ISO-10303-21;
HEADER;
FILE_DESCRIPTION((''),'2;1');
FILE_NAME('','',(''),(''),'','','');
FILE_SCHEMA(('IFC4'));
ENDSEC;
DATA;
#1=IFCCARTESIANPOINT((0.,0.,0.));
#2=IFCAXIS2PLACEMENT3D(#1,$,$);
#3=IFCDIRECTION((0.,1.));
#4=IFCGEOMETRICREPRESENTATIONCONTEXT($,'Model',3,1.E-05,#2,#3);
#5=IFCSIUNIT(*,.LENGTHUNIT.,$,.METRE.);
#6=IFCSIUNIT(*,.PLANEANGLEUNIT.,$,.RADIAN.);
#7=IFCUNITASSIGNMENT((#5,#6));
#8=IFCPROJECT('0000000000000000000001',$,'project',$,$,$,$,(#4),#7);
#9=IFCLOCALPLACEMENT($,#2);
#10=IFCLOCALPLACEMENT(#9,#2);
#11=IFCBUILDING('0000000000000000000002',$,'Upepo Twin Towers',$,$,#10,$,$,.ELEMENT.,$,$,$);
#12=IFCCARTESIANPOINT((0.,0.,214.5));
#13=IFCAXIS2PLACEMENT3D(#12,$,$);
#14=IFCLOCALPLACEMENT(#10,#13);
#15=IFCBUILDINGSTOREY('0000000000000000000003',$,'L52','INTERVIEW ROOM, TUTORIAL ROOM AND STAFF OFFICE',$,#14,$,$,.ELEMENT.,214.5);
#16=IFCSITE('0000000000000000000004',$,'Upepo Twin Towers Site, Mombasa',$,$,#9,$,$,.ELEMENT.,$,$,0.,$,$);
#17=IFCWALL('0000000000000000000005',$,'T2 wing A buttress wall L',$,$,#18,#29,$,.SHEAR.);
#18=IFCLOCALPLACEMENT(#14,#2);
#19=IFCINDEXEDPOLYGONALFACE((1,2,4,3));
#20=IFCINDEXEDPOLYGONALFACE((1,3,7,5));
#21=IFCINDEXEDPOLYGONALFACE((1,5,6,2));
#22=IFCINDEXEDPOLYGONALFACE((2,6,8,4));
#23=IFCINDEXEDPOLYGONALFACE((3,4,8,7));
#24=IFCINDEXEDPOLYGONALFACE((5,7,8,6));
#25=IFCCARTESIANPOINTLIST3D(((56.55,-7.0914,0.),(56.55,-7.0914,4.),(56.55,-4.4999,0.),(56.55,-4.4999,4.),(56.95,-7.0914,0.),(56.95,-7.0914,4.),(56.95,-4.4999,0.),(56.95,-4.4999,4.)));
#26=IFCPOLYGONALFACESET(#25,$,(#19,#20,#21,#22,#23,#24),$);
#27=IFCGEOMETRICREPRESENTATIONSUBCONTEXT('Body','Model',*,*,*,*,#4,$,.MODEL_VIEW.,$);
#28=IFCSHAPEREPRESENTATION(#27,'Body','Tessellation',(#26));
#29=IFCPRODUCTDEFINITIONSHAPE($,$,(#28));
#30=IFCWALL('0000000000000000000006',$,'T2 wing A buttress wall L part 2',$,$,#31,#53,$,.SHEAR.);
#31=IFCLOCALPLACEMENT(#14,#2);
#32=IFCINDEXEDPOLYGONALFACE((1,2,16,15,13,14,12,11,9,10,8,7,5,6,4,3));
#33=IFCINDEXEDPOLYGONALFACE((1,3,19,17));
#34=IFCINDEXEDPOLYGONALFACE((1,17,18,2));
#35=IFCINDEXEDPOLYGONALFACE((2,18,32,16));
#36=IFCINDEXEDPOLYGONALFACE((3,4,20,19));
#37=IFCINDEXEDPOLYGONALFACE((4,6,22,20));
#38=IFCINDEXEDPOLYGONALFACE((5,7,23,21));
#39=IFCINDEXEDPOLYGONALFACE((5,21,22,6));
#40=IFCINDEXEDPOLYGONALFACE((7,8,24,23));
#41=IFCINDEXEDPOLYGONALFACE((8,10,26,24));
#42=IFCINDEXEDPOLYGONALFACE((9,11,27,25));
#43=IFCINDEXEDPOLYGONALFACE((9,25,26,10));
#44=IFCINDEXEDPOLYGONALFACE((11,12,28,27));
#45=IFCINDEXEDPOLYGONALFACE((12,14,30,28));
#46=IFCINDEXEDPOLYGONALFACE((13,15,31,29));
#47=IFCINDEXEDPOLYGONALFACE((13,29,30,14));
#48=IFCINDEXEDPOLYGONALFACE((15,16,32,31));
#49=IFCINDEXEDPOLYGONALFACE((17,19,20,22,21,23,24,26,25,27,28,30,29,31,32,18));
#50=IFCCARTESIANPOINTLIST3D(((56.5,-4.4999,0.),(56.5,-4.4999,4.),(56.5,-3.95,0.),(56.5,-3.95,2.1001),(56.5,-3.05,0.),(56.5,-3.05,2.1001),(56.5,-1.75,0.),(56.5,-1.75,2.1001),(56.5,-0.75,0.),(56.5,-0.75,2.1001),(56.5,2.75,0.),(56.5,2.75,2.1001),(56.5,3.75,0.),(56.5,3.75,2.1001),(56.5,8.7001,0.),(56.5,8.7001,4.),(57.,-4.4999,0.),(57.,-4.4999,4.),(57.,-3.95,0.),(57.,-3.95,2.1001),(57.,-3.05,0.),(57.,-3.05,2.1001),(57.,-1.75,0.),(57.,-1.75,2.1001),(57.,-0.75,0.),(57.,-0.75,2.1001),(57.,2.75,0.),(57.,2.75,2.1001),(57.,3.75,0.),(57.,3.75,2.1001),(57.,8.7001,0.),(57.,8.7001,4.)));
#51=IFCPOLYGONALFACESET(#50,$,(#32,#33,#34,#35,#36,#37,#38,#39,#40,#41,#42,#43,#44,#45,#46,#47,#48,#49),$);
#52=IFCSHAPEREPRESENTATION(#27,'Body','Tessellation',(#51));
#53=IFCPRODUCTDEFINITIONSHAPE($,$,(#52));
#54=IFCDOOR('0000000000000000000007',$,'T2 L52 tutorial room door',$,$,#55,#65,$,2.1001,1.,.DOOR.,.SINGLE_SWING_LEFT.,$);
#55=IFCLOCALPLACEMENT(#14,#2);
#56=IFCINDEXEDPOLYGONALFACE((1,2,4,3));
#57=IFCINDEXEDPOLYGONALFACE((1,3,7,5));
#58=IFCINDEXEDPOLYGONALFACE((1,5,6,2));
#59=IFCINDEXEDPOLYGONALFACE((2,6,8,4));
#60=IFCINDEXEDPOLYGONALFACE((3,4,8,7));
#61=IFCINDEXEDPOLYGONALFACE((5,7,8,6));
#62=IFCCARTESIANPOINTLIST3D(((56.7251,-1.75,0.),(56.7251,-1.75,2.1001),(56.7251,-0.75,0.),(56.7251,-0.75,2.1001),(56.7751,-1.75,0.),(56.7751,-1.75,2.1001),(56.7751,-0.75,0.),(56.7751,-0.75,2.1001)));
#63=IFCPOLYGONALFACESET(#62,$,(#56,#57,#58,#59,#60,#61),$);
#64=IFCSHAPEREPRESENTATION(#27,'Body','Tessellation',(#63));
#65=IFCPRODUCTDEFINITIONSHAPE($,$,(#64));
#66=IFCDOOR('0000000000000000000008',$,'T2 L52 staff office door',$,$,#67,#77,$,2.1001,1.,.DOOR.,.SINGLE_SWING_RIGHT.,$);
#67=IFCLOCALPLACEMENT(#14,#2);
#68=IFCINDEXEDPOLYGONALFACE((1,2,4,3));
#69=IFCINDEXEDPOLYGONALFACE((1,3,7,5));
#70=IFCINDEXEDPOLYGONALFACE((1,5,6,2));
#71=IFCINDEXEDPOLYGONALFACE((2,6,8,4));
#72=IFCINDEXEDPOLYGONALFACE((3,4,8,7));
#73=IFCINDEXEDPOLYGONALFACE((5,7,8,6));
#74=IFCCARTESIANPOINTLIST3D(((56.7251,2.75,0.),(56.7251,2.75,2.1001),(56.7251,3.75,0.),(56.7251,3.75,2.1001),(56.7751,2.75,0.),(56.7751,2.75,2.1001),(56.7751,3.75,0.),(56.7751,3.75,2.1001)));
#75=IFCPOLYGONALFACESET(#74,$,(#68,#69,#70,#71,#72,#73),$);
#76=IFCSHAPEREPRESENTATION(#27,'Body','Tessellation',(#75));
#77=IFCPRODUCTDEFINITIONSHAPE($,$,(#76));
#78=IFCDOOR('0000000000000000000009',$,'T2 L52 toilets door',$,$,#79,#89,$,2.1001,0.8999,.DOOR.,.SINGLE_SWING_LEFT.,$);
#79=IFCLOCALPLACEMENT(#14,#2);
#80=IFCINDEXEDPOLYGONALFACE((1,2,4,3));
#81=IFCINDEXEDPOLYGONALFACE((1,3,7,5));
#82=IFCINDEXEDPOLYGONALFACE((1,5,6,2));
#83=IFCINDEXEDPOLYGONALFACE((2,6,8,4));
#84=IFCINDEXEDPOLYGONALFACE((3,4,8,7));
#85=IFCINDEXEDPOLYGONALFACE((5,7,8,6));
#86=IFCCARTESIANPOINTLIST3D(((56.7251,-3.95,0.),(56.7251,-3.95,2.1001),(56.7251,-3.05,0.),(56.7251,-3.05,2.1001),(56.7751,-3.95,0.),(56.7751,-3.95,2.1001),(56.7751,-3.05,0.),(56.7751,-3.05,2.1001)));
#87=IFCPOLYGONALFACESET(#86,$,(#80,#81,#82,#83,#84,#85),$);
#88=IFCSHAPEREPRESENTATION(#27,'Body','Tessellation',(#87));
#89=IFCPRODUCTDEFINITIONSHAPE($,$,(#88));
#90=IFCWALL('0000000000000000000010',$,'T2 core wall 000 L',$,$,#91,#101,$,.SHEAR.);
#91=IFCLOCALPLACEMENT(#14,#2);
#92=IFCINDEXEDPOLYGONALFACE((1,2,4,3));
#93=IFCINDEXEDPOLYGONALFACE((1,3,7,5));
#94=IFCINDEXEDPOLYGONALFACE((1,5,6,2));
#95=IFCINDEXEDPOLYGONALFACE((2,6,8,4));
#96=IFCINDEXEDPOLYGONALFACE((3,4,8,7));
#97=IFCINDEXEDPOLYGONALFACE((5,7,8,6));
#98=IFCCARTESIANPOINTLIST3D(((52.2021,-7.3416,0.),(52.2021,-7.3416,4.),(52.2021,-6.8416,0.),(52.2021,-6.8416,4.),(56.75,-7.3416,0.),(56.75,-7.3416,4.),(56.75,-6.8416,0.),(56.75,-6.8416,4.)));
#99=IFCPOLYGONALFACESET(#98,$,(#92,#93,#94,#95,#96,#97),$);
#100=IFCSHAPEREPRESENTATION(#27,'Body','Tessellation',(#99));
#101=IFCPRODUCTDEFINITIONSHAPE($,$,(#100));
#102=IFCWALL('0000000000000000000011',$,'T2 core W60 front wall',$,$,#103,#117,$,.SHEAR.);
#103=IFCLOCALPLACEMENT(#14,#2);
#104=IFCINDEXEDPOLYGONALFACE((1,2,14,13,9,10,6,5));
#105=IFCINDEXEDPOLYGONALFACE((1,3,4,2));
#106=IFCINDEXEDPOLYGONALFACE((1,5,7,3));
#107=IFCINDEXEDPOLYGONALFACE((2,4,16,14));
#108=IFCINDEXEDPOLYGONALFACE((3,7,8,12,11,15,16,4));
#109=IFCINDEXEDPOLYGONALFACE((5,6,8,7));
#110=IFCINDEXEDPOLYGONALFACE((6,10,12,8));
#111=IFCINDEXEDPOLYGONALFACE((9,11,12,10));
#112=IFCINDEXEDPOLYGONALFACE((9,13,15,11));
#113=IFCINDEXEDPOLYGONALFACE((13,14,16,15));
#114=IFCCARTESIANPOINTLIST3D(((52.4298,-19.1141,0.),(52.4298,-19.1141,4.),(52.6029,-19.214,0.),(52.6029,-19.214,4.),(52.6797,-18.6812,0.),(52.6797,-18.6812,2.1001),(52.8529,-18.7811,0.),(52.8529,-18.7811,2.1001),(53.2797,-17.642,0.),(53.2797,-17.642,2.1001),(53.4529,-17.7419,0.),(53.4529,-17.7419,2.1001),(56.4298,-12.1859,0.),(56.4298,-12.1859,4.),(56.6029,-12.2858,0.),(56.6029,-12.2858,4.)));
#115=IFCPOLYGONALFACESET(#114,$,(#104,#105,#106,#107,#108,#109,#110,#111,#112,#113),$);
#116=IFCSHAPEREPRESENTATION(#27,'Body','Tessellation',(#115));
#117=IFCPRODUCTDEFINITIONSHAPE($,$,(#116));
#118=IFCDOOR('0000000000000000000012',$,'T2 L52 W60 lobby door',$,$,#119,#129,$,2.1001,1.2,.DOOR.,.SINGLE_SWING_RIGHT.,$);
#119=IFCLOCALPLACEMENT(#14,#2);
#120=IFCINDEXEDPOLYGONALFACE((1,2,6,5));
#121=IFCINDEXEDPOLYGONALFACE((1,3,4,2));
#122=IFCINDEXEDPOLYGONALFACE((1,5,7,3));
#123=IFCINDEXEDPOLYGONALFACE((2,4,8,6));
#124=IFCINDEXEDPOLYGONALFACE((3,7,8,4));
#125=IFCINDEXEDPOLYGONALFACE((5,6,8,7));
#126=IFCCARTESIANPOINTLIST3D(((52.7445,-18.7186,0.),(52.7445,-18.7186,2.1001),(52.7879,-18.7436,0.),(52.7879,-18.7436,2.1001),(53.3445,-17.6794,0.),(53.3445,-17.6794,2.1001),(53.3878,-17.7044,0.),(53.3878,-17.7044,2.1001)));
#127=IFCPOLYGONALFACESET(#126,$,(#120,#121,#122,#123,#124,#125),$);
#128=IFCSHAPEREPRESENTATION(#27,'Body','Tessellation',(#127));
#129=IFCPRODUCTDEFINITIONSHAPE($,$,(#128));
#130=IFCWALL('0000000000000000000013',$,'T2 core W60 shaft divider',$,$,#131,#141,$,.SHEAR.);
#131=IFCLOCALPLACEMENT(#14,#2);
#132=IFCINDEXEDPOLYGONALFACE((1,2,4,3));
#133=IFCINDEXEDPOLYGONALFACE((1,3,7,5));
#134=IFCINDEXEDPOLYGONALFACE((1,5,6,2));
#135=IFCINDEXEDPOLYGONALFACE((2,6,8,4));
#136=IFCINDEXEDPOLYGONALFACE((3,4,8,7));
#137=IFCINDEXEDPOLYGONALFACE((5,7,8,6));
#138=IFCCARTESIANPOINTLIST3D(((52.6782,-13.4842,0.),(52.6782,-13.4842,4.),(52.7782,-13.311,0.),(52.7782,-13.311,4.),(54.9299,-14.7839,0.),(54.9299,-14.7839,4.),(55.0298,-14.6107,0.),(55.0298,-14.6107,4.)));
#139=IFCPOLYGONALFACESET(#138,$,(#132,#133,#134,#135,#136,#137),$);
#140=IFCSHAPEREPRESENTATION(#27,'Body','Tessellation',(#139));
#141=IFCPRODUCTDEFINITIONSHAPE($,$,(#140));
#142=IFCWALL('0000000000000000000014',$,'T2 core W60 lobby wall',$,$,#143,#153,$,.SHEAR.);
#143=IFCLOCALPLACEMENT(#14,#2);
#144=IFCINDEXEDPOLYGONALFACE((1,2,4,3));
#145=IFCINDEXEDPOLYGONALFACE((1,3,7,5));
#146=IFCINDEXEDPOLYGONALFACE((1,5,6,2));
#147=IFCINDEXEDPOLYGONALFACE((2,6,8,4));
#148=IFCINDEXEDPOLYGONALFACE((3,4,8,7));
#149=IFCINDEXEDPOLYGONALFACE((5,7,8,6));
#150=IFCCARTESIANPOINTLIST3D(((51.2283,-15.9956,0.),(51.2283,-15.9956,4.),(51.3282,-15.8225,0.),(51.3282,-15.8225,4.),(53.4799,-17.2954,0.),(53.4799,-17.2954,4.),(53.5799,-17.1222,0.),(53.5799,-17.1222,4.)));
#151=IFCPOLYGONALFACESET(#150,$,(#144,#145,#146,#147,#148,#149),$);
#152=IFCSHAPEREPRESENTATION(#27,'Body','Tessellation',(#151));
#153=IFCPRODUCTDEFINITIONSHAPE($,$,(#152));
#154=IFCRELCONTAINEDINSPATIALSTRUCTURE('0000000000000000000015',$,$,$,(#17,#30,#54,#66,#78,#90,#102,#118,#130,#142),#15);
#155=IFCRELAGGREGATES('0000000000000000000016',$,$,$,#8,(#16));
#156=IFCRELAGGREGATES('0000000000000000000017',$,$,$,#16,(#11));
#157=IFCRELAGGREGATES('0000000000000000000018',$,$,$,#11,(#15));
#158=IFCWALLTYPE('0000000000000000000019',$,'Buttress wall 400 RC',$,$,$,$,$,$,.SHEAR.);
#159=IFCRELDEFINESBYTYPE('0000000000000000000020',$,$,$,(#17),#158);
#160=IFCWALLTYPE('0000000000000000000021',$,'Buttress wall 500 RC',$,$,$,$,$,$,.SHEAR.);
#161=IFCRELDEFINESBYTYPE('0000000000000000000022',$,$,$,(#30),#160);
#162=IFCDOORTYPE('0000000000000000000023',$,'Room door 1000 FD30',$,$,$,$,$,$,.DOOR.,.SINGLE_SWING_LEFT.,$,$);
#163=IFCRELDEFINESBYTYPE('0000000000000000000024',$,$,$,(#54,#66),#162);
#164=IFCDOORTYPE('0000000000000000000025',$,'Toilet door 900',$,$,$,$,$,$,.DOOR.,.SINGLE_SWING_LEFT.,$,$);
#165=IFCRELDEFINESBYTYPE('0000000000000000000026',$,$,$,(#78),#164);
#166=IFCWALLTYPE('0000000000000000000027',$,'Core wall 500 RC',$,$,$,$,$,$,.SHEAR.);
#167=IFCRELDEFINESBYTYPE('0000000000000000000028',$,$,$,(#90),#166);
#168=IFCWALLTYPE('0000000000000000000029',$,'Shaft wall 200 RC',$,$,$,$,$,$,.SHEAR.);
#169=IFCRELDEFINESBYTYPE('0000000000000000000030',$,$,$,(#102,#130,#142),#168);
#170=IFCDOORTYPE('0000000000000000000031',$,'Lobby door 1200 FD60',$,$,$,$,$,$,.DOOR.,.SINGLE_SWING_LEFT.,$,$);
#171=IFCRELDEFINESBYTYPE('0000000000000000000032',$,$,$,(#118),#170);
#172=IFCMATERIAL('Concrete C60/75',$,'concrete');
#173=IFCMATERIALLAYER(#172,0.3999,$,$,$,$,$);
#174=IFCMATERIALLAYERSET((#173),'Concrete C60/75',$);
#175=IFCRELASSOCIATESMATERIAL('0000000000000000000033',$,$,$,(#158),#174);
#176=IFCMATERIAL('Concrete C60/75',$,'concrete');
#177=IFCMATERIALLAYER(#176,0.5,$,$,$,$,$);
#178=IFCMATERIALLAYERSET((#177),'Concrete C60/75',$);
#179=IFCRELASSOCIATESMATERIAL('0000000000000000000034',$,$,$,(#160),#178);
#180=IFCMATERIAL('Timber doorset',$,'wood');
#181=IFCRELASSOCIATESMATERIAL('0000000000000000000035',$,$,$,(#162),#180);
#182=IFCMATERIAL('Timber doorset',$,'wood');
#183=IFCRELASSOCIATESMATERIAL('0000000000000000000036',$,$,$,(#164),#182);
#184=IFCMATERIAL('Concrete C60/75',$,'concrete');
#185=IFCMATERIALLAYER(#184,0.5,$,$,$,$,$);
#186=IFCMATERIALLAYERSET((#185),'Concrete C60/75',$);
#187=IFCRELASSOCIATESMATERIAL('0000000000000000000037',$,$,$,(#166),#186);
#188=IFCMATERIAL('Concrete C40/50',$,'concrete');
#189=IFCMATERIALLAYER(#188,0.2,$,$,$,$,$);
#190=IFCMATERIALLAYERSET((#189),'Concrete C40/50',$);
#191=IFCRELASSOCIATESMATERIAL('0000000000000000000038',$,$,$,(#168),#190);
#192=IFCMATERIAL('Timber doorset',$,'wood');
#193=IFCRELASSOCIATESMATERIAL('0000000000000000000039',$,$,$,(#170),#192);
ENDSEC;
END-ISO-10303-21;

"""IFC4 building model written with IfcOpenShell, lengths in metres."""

from ifc_helpers import new_model, si_unit, direction, frame, frame_2d, origin, place, context, subcontext, project, spatial, rectangle, extrude, material, layer, layer_set, type_object, element, fill, save


model = new_model("IFC4")

# Units and contexts
model_context = context("Model", 3, precision=1e-05, world=origin(), true_north=direction((0.0, 1.0)))
body_context = subcontext(model_context, "Body", "Model", "MODEL_VIEW")
ifc_project = project(units=[si_unit("LENGTHUNIT", "METRE"), si_unit("PLANEANGLEUNIT", "RADIAN")], contexts=[model_context])

# Site, building, storey
site_placement = place(None, origin())
site = spatial("IfcSite", under=ifc_project, at=site_placement, Name="Upepo Twin Towers Site, Mombasa", CompositionType="ELEMENT", RefElevation=0.0)
building_placement = place(site_placement, origin())
building = spatial("IfcBuilding", under=site, at=building_placement, Name="Upepo Twin Towers", CompositionType="ELEMENT")
storey_placement = place(building_placement, frame((0.0, 0.0, 214.5)))
storey = spatial("IfcBuildingStorey", under=building, at=storey_placement, Name="L52", Description="INTERVIEW ROOM, TUTORIAL ROOM AND STAFF OFFICE", CompositionType="ELEMENT", Elevation=214.5)

# Wall
ifc_material_1 = material(Name="Concrete C60/75", Category="concrete")
ifc_layer_1 = layer(ifc_material_1, 0.3999)
ifc_layer_set_1 = layer_set([ifc_layer_1], Name="Concrete C60/75")
wall_type_1 = type_object("IfcWallType", Name="Buttress wall 400 RC", PredefinedType="SHEAR", material=ifc_layer_set_1)
wall_1_placement = place(storey_placement, frame((56.75, -7.0916, 0.0), z_axis=(0.0, 0.0, 1.0), x_axis=(0.0, 1.0, 0.0)))
element("IfcWall", 1, at=wall_1_placement, inside=storey, type_object=wall_type_1, Name="T2 wing A buttress wall L", PredefinedType="SHEAR", context=body_context, shape_type="SweptSolid", body=[
    extrude(rectangle(XDim=2.5916, YDim=0.3999, at=frame_2d((1.2959, 0.0))), origin(), (0.0, 0.0, 1.0), 4.0),
])

# Wall, openings, doors
ifc_material_2 = material(Name="Concrete C60/75", Category="concrete")
ifc_layer_2 = layer(ifc_material_2, 0.5)
ifc_layer_set_2 = layer_set([ifc_layer_2], Name="Concrete C60/75")
wall_type_2 = type_object("IfcWallType", Name="Buttress wall 500 RC", PredefinedType="SHEAR", material=ifc_layer_set_2)
wall_2_placement = place(storey_placement, frame((56.75, -4.5, 0.0), z_axis=(0.0, 0.0, 1.0), x_axis=(0.0, 1.0, 0.0)))
wall_2 = element("IfcWall", 2, at=wall_2_placement, inside=storey, type_object=wall_type_2, Name="T2 wing A buttress wall L part 2", PredefinedType="SHEAR", context=body_context, shape_type="SweptSolid", body=[
    extrude(rectangle(XDim=13.2, YDim=0.5, at=frame_2d((6.6001, 0.0))), origin(), (0.0, 0.0, 1.0), 4.0),
])
opening_1_placement = place(wall_2_placement, frame((0.55, 0.0, 0.0)))
opening_1 = element("IfcOpeningElement", 3, at=opening_1_placement, cuts=wall_2, PredefinedType="OPENING", context=body_context, shape_type="SweptSolid", body=[
    extrude(rectangle(XDim=0.8999, YDim=2.1001, at=frame_2d((0.45, 1.05))), frame((0.0, 0.26, 0.0), z_axis=(0.0, -1.0, 0.0), x_axis=(1.0, 0.0, 0.0)), (0.0, 0.0, 1.0), 0.52),
])
opening_2_placement = place(wall_2_placement, frame((2.75, 0.0, 0.0)))
opening_2 = element("IfcOpeningElement", 4, at=opening_2_placement, cuts=wall_2, PredefinedType="OPENING", context=body_context, shape_type="SweptSolid", body=[
    extrude(rectangle(XDim=1.0, YDim=2.1001, at=frame_2d((0.5, 1.05))), frame((0.0, 0.26, 0.0), z_axis=(0.0, -1.0, 0.0), x_axis=(1.0, 0.0, 0.0)), (0.0, 0.0, 1.0), 0.52),
])
opening_3_placement = place(wall_2_placement, frame((7.25, 0.0, 0.0)))
opening_3 = element("IfcOpeningElement", 5, at=opening_3_placement, cuts=wall_2, PredefinedType="OPENING", context=body_context, shape_type="SweptSolid", body=[
    extrude(rectangle(XDim=1.0, YDim=2.1001, at=frame_2d((0.5, 1.05))), frame((0.0, 0.26, 0.0), z_axis=(0.0, -1.0, 0.0), x_axis=(1.0, 0.0, 0.0)), (0.0, 0.0, 1.0), 0.52),
])
ifc_material_3 = material(Name="Timber doorset", Category="wood")
door_type_1 = type_object("IfcDoorType", Name="Room door 1000 FD30", OperationType="SINGLE_SWING_LEFT", PredefinedType="DOOR", material=ifc_material_3)
door_1_placement = place(opening_2_placement, origin())
door_1 = element("IfcDoor", 6, at=door_1_placement, inside=storey, type_object=door_type_1, Name="T2 L52 tutorial room door", OperationType="SINGLE_SWING_LEFT", OverallHeight=2.1001, OverallWidth=1.0, PredefinedType="DOOR", context=body_context, shape_type="SweptSolid", body=[
    extrude(rectangle(XDim=1.0, YDim=2.1001, at=frame_2d((0.5, 1.05))), frame((0.0, 0.0249, 0.0), z_axis=(0.0, -1.0, 0.0), x_axis=(1.0, 0.0, 0.0)), (0.0, 0.0, 1.0), 0.05),
])
fill(opening_2, door_1)
door_2_placement = place(opening_3_placement, origin())
door_2 = element("IfcDoor", 7, at=door_2_placement, inside=storey, type_object=door_type_1, Name="T2 L52 staff office door", OperationType="SINGLE_SWING_RIGHT", OverallHeight=2.1001, OverallWidth=1.0, PredefinedType="DOOR", context=body_context, shape_type="SweptSolid", body=[
    extrude(rectangle(XDim=1.0, YDim=2.1001, at=frame_2d((0.5, 1.05))), frame((0.0, 0.0249, 0.0), z_axis=(0.0, -1.0, 0.0), x_axis=(1.0, 0.0, 0.0)), (0.0, 0.0, 1.0), 0.05),
])
fill(opening_3, door_2)
ifc_material_4 = material(Name="Timber doorset", Category="wood")
door_type_2 = type_object("IfcDoorType", Name="Toilet door 900", OperationType="SINGLE_SWING_LEFT", PredefinedType="DOOR", material=ifc_material_4)
door_3_placement = place(opening_1_placement, origin())
door_3 = element("IfcDoor", 8, at=door_3_placement, inside=storey, type_object=door_type_2, Name="T2 L52 toilets door", OperationType="SINGLE_SWING_LEFT", OverallHeight=2.1001, OverallWidth=0.8999, PredefinedType="DOOR", context=body_context, shape_type="SweptSolid", body=[
    extrude(rectangle(XDim=0.8999, YDim=2.1001, at=frame_2d((0.45, 1.05))), frame((0.0, 0.0249, 0.0), z_axis=(0.0, -1.0, 0.0), x_axis=(1.0, 0.0, 0.0)), (0.0, 0.0, 1.0), 0.05),
])
fill(opening_1, door_3)

# Wall
ifc_material_5 = material(Name="Concrete C60/75", Category="concrete")
ifc_layer_3 = layer(ifc_material_5, 0.5)
ifc_layer_set_3 = layer_set([ifc_layer_3], Name="Concrete C60/75")
wall_type_3 = type_object("IfcWallType", Name="Core wall 500 RC", PredefinedType="SHEAR", material=ifc_layer_set_3)
wall_3_placement = place(storey_placement, frame((56.75, -7.0916, 0.0), z_axis=(0.0, 0.0, 1.0), x_axis=(-1.0, 0.0, 0.0)))
element("IfcWall", 9, at=wall_3_placement, inside=storey, type_object=wall_type_3, Name="T2 core wall 000 L", PredefinedType="SHEAR", context=body_context, shape_type="SweptSolid", body=[
    extrude(rectangle(XDim=4.5479, YDim=0.5, at=frame_2d((2.2739, 0.0))), origin(), (0.0, 0.0, 1.0), 4.0),
])

# Wall, opening, door
ifc_material_6 = material(Name="Concrete C40/50", Category="concrete")
ifc_layer_4 = layer(ifc_material_6, 0.2)
ifc_layer_set_4 = layer_set([ifc_layer_4], Name="Concrete C40/50")
wall_type_4 = type_object("IfcWallType", Name="Shaft wall 200 RC", PredefinedType="SHEAR", material=ifc_layer_set_4)
wall_4_placement = place(storey_placement, frame((56.5164, -12.2358, 0.0), z_axis=(0.0, 0.0, 1.0), x_axis=(-0.499999, -0.866026, 0.0)))
wall_4 = element("IfcWall", 10, at=wall_4_placement, inside=storey, type_object=wall_type_4, Name="T2 core W60 front wall", PredefinedType="SHEAR", context=body_context, shape_type="SweptSolid", body=[
    extrude(rectangle(XDim=8.0, YDim=0.2, at=frame_2d((4.0, 0.0))), origin(), (0.0, 0.0, 1.0), 4.0),
])
opening_4_placement = place(wall_4_placement, frame((6.3, 0.0, 0.0)))
opening_4 = element("IfcOpeningElement", 11, at=opening_4_placement, cuts=wall_4, PredefinedType="OPENING", context=body_context, shape_type="SweptSolid", body=[
    extrude(rectangle(XDim=1.2, YDim=2.1001, at=frame_2d((0.6001, 1.05))), frame((0.0, 0.1099, 0.0), z_axis=(0.0, -1.0, 0.0), x_axis=(1.0, 0.0, 0.0)), (0.0, 0.0, 1.0), 0.22),
])
ifc_material_7 = material(Name="Timber doorset", Category="wood")
door_type_3 = type_object("IfcDoorType", Name="Lobby door 1200 FD60", OperationType="SINGLE_SWING_LEFT", PredefinedType="DOOR", material=ifc_material_7)
door_4_placement = place(opening_4_placement, origin())
door_4 = element("IfcDoor", 12, at=door_4_placement, inside=storey, type_object=door_type_3, Name="T2 L52 W60 lobby door", OperationType="SINGLE_SWING_RIGHT", OverallHeight=2.1001, OverallWidth=1.2, PredefinedType="DOOR", context=body_context, shape_type="SweptSolid", body=[
    extrude(rectangle(XDim=1.2, YDim=2.1001, at=frame_2d((0.6001, 1.05))), frame((0.0, 0.0249, 0.0), z_axis=(0.0, -1.0, 0.0), x_axis=(1.0, 0.0, 0.0)), (0.0, 0.0, 1.0), 0.05),
])
fill(opening_4, door_4)

# Walls
for number, where, z_axis, x_axis, name in (
    (13, (54.9797, -14.6973, 0.0), (0.0, 0.0, 1.0), (-0.866062, 0.499937, 0.0), "T2 core W60 shaft divider"),
    (14, (53.5298, -17.2087, 0.0), (0.0, 0.0, 1.0), (-0.866062, 0.499937, 0.0), "T2 core W60 lobby wall"),
):
    element("IfcWall", number, at=place(storey_placement, frame(where, z_axis=z_axis, x_axis=x_axis)), inside=storey, type_object=wall_type_4, Name=name, PredefinedType="SHEAR", context=body_context, shape_type="SweptSolid", body=[
        extrude(rectangle(XDim=2.5999, YDim=0.2, at=frame_2d((1.2998, 0.0))), origin(), (0.0, 0.0, 1.0), 4.0),
    ])

save(model, "model.ifc")
